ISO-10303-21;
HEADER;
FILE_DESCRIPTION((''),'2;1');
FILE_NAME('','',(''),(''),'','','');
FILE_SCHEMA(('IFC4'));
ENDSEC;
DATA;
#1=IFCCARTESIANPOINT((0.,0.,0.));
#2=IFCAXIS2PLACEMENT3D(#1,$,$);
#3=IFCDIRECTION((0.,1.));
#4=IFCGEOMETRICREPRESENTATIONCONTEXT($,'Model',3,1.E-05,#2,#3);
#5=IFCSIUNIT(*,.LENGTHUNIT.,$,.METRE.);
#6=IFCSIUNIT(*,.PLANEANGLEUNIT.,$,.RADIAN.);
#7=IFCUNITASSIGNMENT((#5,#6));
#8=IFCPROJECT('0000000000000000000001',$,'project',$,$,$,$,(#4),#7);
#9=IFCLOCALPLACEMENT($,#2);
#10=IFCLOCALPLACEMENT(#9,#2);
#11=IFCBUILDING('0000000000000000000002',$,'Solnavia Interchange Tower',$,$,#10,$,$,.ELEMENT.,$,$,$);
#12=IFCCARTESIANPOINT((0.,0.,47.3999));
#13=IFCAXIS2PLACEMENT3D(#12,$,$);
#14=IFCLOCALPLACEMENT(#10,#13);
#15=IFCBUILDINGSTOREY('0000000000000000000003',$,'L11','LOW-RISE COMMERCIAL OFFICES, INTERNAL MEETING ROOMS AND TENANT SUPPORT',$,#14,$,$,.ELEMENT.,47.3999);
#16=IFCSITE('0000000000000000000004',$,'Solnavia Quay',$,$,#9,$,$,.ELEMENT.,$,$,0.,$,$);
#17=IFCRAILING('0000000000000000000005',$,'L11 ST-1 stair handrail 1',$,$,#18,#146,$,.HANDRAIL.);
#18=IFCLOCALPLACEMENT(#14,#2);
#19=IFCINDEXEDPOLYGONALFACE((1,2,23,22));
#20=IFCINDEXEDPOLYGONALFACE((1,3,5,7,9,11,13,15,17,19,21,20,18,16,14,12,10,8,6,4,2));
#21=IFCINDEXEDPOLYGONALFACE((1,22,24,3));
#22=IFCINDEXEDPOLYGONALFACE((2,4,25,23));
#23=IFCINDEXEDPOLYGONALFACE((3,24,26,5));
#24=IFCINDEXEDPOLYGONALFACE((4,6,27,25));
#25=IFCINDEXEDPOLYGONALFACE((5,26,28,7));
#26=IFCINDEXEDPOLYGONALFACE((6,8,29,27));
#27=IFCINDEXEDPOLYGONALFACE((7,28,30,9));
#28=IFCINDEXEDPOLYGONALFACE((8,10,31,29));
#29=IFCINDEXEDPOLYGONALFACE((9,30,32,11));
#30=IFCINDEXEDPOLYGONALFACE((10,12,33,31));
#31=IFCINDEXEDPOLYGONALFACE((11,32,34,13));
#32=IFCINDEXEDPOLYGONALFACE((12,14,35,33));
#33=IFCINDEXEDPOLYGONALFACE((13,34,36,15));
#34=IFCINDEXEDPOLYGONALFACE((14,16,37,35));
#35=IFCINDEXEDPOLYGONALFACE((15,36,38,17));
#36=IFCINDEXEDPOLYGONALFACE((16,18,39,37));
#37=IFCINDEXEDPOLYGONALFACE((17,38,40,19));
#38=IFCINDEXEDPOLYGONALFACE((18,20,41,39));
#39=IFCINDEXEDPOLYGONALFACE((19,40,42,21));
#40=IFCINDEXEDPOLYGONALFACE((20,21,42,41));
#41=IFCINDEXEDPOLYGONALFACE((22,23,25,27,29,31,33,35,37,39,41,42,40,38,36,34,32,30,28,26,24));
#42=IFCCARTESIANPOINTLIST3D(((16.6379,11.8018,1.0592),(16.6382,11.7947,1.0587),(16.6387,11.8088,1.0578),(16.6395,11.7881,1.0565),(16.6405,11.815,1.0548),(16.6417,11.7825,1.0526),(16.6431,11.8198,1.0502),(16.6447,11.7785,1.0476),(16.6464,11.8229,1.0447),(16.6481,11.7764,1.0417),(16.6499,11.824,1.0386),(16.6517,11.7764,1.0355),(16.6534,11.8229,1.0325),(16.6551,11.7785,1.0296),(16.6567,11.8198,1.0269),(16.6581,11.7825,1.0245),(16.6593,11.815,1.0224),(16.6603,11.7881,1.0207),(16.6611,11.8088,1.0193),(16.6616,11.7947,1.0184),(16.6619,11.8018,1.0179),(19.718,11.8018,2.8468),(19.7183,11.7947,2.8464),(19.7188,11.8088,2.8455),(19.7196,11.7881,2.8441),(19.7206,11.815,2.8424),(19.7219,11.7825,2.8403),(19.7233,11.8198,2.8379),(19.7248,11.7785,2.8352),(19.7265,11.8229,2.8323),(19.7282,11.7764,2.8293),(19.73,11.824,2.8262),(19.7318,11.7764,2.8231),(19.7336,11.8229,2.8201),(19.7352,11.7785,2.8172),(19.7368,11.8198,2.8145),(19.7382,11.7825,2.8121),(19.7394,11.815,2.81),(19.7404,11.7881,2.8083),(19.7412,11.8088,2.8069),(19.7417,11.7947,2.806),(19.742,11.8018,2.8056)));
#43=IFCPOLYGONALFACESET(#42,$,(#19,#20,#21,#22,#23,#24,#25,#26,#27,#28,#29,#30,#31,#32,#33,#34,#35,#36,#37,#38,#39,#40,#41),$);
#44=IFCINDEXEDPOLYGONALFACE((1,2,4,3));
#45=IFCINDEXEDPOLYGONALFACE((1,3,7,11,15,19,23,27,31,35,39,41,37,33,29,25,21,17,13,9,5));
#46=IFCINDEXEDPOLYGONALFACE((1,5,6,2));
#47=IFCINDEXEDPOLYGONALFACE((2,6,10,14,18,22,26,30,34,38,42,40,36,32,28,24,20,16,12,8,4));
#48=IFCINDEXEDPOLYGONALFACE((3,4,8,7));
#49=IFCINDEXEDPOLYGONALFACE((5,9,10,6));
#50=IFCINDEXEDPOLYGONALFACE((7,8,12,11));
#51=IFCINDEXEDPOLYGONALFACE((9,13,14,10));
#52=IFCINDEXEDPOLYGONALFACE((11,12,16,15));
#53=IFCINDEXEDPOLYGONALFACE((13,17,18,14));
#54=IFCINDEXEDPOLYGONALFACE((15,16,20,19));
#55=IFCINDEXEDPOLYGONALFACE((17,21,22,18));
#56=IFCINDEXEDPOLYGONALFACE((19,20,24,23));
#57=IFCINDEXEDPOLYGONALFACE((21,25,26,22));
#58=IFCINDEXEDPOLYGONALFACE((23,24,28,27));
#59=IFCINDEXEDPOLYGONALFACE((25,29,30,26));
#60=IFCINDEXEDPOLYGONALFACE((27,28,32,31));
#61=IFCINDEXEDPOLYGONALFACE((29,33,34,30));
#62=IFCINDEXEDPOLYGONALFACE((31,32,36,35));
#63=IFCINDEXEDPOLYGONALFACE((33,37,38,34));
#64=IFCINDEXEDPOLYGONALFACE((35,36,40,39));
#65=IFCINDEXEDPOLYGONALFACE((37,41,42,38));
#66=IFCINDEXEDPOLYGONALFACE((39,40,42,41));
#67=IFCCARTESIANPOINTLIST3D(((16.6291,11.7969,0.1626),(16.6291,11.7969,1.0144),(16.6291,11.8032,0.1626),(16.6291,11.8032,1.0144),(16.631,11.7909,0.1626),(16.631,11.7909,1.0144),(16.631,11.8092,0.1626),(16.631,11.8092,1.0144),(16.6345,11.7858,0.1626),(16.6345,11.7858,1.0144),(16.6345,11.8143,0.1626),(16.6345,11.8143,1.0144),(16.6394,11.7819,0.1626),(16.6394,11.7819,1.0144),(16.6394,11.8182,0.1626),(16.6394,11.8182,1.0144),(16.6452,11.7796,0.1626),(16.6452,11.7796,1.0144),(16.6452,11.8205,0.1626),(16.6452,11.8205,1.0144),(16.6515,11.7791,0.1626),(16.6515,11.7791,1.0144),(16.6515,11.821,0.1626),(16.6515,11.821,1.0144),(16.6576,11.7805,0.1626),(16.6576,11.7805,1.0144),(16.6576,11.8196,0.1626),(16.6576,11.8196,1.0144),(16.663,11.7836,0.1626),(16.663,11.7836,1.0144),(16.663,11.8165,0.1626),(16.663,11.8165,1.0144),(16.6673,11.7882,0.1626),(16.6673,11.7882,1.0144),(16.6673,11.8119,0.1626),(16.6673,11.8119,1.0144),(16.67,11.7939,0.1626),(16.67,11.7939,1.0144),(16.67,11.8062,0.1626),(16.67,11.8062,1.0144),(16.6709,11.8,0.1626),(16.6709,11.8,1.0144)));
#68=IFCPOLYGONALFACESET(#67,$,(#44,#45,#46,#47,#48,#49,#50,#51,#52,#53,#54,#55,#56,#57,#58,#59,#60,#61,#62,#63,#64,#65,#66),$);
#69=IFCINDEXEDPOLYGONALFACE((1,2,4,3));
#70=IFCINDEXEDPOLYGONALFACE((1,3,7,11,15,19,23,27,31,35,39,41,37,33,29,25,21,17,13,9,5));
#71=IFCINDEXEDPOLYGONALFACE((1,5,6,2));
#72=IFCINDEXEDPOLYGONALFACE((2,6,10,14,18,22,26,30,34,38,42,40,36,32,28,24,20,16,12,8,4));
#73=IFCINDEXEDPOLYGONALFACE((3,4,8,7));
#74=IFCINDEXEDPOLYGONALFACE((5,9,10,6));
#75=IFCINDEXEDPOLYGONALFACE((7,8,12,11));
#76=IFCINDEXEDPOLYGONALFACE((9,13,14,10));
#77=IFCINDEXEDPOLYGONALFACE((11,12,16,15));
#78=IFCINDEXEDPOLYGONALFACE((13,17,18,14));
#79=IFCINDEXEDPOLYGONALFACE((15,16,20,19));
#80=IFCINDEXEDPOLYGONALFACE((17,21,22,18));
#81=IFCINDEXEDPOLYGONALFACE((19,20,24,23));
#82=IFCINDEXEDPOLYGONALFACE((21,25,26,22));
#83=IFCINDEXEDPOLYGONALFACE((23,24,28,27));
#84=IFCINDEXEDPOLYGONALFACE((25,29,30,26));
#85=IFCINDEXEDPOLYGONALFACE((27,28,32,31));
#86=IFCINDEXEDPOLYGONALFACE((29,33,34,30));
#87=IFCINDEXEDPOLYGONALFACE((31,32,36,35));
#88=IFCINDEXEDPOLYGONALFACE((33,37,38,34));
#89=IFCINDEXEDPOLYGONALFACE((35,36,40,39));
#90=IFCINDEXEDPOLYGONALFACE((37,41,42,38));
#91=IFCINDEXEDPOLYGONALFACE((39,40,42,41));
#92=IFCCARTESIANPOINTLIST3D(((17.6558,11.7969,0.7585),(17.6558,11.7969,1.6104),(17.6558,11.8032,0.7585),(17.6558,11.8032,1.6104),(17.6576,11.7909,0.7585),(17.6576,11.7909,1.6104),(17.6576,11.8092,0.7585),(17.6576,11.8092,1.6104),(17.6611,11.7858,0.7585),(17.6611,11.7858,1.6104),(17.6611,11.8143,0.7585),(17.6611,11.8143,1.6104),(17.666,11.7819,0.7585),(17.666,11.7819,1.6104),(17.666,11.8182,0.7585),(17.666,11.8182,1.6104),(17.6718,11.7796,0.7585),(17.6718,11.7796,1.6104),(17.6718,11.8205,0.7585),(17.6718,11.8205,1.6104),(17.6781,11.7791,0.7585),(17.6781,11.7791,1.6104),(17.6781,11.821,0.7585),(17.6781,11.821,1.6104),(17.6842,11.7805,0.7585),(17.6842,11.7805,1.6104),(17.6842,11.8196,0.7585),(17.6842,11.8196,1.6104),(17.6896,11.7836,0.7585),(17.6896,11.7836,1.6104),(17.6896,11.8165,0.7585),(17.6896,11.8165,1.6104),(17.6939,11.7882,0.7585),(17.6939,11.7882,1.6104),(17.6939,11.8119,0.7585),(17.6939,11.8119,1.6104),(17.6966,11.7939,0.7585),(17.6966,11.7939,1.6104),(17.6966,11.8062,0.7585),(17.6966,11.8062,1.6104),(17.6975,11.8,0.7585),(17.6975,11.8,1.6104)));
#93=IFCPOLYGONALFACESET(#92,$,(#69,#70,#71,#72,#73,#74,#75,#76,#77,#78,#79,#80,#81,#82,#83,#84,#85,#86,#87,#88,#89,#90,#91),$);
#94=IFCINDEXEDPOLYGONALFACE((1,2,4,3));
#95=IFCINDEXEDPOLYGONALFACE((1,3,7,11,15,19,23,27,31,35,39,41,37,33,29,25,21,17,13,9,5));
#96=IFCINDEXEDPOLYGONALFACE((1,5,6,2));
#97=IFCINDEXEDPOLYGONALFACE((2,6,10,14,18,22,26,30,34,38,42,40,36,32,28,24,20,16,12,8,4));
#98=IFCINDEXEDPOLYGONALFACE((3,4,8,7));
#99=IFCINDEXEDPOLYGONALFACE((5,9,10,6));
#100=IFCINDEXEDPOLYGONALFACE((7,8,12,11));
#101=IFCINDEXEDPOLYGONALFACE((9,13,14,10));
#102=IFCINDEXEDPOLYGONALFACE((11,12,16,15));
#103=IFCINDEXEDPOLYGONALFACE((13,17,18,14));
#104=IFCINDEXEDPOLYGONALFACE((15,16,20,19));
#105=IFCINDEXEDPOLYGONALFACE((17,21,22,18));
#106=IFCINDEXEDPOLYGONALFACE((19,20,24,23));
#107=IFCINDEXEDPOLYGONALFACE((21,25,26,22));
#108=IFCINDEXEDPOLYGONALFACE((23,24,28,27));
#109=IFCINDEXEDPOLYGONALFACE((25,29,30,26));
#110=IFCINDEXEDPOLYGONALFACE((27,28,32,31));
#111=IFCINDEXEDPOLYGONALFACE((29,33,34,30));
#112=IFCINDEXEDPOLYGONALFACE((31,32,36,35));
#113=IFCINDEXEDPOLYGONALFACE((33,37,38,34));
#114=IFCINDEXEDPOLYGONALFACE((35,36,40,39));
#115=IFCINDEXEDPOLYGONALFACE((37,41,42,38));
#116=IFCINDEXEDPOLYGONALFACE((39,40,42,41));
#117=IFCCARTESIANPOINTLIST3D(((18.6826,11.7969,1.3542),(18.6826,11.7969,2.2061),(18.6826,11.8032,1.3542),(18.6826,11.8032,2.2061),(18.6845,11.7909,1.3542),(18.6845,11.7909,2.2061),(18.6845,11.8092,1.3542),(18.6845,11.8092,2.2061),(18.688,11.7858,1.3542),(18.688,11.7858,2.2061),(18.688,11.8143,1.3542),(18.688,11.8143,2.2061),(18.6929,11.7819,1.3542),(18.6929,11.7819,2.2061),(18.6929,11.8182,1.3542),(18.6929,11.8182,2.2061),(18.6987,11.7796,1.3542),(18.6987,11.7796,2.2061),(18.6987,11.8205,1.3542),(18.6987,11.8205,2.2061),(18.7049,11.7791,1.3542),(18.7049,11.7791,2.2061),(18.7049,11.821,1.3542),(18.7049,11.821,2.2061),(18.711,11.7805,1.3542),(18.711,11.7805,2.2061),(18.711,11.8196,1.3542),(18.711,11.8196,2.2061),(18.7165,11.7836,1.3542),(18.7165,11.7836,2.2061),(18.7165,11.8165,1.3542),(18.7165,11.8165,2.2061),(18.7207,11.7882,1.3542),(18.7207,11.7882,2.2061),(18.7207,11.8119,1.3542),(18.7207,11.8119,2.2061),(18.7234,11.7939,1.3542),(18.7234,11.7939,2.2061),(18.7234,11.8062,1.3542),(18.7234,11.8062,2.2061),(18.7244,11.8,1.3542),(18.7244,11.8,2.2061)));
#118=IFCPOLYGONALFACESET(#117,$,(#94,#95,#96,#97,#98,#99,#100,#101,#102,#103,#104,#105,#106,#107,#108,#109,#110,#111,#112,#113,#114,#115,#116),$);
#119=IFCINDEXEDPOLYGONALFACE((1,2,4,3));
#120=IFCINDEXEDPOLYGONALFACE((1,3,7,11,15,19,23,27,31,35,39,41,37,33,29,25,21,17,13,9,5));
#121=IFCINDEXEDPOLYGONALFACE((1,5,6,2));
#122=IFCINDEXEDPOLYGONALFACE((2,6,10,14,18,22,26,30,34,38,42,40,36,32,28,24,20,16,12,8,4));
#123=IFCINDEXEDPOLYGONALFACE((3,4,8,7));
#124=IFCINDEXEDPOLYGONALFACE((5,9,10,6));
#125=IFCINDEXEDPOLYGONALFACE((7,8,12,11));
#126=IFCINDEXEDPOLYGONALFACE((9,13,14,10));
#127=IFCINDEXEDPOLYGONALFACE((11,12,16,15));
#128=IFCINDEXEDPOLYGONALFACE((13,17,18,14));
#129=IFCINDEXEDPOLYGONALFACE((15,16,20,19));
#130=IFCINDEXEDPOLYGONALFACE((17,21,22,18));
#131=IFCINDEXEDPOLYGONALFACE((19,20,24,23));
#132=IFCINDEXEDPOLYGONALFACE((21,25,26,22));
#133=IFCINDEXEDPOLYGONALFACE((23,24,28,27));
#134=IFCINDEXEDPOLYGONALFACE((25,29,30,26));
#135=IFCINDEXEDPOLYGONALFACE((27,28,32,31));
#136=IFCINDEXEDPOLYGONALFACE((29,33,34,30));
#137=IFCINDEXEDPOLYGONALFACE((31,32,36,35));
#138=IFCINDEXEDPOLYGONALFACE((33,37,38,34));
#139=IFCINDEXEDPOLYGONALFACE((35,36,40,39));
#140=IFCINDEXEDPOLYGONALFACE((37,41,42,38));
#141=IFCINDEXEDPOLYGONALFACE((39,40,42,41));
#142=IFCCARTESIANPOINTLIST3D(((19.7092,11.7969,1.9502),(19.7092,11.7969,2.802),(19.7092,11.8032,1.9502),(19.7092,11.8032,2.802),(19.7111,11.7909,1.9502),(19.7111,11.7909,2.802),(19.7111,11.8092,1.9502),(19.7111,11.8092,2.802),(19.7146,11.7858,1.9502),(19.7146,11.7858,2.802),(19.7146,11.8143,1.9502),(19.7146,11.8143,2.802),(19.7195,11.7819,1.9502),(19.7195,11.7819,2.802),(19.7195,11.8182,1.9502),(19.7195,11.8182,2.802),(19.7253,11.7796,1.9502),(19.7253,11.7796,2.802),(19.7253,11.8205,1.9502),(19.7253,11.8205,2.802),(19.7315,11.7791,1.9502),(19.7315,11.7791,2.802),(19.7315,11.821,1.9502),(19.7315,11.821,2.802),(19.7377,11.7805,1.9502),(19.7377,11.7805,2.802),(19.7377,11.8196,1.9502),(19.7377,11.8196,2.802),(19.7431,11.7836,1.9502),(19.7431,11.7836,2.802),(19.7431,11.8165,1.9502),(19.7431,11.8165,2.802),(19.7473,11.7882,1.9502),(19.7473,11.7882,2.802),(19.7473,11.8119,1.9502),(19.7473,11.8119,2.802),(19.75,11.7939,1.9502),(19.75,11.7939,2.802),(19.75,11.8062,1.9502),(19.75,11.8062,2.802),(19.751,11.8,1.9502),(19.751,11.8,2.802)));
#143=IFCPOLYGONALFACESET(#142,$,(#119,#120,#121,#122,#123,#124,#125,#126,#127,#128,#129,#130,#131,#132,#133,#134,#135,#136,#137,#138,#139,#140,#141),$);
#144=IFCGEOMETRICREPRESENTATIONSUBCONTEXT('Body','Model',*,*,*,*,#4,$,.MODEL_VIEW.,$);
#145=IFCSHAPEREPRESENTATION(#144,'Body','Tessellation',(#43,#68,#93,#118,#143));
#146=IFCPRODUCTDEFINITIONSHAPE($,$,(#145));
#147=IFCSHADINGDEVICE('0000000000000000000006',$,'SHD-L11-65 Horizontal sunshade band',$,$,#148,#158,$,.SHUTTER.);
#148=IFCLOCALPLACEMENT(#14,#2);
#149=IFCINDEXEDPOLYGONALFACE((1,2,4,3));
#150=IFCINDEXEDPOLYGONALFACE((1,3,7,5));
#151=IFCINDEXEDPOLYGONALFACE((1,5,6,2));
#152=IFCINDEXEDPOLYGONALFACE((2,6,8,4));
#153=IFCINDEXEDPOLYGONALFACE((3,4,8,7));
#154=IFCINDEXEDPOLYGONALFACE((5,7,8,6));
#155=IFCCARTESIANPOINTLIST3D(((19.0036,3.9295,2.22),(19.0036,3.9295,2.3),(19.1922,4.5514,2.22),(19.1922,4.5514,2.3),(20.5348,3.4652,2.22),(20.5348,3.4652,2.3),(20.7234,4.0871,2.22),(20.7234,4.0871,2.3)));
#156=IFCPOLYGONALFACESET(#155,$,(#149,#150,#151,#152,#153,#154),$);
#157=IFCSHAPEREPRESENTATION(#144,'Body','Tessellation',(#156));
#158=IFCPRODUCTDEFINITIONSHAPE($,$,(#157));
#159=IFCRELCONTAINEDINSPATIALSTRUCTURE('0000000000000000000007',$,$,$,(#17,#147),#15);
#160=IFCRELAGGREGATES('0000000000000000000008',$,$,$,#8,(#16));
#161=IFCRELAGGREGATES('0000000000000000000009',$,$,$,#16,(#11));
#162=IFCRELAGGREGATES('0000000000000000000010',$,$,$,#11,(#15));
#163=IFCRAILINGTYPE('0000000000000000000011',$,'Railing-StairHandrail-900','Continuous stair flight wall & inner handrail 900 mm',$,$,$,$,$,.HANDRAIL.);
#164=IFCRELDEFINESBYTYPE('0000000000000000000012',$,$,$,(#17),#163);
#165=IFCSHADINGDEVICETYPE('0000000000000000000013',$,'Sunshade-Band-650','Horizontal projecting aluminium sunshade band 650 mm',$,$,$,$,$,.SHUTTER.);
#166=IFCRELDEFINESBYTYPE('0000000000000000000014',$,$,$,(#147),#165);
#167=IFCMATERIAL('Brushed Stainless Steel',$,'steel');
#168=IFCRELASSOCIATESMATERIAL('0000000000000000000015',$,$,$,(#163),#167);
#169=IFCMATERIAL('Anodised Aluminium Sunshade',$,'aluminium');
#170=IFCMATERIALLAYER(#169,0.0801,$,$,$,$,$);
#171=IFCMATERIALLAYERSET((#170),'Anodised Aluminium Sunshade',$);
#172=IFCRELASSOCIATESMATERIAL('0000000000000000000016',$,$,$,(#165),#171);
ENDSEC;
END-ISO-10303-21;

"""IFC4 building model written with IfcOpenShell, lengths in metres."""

from ifc_helpers import new_model, si_unit, direction, frame, origin, origin_2d, place, context, subcontext, project, spatial, rectangle, circle, extrude, material, layer, layer_set, type_object, element, save


model = new_model("IFC4")

# Units and contexts
model_context = context("Model", 3, precision=1e-05, world=origin(), true_north=direction((0.0, 1.0)))
body_context = subcontext(model_context, "Body", "Model", "MODEL_VIEW")
ifc_project = project(units=[si_unit("LENGTHUNIT", "METRE"), si_unit("PLANEANGLEUNIT", "RADIAN")], contexts=[model_context])

# Site, building, storey
site_placement = place(None, origin())
site = spatial("IfcSite", under=ifc_project, at=site_placement, Name="Solnavia Quay", CompositionType="ELEMENT", RefElevation=0.0)
building_placement = place(site_placement, origin())
building = spatial("IfcBuilding", under=site, at=building_placement, Name="Solnavia Interchange Tower", CompositionType="ELEMENT")
storey_placement = place(building_placement, frame((0.0, 0.0, 47.3999)))
storey = spatial("IfcBuildingStorey", under=building, at=storey_placement, Name="L11", Description="LOW-RISE COMMERCIAL OFFICES, INTERNAL MEETING ROOMS AND TENANT SUPPORT", CompositionType="ELEMENT", Elevation=47.3999)

# Railing
ifc_material_1 = material(Name="Brushed Stainless Steel", Category="steel")
railing_type_1 = type_object("IfcRailingType", Name="Railing-StairHandrail-900", Description="Continuous stair flight wall & inner handrail 900 mm", PredefinedType="HANDRAIL", material=ifc_material_1)
railing_1_placement = place(storey_placement, frame((16.6499, 11.8, 0.1626)))
element("IfcRailing", 1, at=railing_1_placement, inside=storey, type_object=railing_type_1, Name="L11 ST-1 stair handrail 1", PredefinedType="HANDRAIL", context=body_context, shape_type="SweptSolid", body=[
    extrude(circle(Radius=0.0239, at=origin_2d()), frame((0.0, 0.0, 0.876), z_axis=(0.864891, 0.0, 0.50196), x_axis=(0.0, 1.0, 0.0)), (0.0, 0.0, 1.0), 3.5613),
    extrude(circle(Radius=0.021, at=origin_2d()), origin(), (0.0, 0.0, 1.0), 0.8518),
    extrude(circle(Radius=0.021, at=origin_2d()), frame((1.0266, 0.0, 0.5959)), (0.0, 0.0, 1.0), 0.8518),
    extrude(circle(Radius=0.021, at=origin_2d()), frame((2.0535, 0.0, 1.1917)), (0.0, 0.0, 1.0), 0.8518),
    extrude(circle(Radius=0.021, at=origin_2d()), frame((3.0801, 0.0, 1.7876)), (0.0, 0.0, 1.0), 0.8518),
])

# Shading device
ifc_material_2 = material(Name="Anodised Aluminium Sunshade", Category="aluminium")
ifc_layer_1 = layer(ifc_material_2, 0.0801)
ifc_layer_set_1 = layer_set([ifc_layer_1], Name="Anodised Aluminium Sunshade")
shading_device_type = type_object("IfcShadingDeviceType", Name="Sunshade-Band-650", Description="Horizontal projecting aluminium sunshade band 650 mm", PredefinedType="SHUTTER", material=ifc_layer_set_1)
shading_device_placement = place(storey_placement, frame((19.8635, 4.0083, 2.22), z_axis=(0.0, 0.0, 1.0), x_axis=(-0.956966, 0.290201, 0.0)))
element("IfcShadingDevice", 2, at=shading_device_placement, inside=storey, type_object=shading_device_type, Name="SHD-L11-65 Horizontal sunshade band", PredefinedType="SHUTTER", context=body_context, shape_type="SweptSolid", body=[
    extrude(rectangle(XDim=1.6001, YDim=0.6499, at=origin_2d()), origin(), (0.0, 0.0, 1.0), 0.0801),
])

save(model, "model.ifc")
